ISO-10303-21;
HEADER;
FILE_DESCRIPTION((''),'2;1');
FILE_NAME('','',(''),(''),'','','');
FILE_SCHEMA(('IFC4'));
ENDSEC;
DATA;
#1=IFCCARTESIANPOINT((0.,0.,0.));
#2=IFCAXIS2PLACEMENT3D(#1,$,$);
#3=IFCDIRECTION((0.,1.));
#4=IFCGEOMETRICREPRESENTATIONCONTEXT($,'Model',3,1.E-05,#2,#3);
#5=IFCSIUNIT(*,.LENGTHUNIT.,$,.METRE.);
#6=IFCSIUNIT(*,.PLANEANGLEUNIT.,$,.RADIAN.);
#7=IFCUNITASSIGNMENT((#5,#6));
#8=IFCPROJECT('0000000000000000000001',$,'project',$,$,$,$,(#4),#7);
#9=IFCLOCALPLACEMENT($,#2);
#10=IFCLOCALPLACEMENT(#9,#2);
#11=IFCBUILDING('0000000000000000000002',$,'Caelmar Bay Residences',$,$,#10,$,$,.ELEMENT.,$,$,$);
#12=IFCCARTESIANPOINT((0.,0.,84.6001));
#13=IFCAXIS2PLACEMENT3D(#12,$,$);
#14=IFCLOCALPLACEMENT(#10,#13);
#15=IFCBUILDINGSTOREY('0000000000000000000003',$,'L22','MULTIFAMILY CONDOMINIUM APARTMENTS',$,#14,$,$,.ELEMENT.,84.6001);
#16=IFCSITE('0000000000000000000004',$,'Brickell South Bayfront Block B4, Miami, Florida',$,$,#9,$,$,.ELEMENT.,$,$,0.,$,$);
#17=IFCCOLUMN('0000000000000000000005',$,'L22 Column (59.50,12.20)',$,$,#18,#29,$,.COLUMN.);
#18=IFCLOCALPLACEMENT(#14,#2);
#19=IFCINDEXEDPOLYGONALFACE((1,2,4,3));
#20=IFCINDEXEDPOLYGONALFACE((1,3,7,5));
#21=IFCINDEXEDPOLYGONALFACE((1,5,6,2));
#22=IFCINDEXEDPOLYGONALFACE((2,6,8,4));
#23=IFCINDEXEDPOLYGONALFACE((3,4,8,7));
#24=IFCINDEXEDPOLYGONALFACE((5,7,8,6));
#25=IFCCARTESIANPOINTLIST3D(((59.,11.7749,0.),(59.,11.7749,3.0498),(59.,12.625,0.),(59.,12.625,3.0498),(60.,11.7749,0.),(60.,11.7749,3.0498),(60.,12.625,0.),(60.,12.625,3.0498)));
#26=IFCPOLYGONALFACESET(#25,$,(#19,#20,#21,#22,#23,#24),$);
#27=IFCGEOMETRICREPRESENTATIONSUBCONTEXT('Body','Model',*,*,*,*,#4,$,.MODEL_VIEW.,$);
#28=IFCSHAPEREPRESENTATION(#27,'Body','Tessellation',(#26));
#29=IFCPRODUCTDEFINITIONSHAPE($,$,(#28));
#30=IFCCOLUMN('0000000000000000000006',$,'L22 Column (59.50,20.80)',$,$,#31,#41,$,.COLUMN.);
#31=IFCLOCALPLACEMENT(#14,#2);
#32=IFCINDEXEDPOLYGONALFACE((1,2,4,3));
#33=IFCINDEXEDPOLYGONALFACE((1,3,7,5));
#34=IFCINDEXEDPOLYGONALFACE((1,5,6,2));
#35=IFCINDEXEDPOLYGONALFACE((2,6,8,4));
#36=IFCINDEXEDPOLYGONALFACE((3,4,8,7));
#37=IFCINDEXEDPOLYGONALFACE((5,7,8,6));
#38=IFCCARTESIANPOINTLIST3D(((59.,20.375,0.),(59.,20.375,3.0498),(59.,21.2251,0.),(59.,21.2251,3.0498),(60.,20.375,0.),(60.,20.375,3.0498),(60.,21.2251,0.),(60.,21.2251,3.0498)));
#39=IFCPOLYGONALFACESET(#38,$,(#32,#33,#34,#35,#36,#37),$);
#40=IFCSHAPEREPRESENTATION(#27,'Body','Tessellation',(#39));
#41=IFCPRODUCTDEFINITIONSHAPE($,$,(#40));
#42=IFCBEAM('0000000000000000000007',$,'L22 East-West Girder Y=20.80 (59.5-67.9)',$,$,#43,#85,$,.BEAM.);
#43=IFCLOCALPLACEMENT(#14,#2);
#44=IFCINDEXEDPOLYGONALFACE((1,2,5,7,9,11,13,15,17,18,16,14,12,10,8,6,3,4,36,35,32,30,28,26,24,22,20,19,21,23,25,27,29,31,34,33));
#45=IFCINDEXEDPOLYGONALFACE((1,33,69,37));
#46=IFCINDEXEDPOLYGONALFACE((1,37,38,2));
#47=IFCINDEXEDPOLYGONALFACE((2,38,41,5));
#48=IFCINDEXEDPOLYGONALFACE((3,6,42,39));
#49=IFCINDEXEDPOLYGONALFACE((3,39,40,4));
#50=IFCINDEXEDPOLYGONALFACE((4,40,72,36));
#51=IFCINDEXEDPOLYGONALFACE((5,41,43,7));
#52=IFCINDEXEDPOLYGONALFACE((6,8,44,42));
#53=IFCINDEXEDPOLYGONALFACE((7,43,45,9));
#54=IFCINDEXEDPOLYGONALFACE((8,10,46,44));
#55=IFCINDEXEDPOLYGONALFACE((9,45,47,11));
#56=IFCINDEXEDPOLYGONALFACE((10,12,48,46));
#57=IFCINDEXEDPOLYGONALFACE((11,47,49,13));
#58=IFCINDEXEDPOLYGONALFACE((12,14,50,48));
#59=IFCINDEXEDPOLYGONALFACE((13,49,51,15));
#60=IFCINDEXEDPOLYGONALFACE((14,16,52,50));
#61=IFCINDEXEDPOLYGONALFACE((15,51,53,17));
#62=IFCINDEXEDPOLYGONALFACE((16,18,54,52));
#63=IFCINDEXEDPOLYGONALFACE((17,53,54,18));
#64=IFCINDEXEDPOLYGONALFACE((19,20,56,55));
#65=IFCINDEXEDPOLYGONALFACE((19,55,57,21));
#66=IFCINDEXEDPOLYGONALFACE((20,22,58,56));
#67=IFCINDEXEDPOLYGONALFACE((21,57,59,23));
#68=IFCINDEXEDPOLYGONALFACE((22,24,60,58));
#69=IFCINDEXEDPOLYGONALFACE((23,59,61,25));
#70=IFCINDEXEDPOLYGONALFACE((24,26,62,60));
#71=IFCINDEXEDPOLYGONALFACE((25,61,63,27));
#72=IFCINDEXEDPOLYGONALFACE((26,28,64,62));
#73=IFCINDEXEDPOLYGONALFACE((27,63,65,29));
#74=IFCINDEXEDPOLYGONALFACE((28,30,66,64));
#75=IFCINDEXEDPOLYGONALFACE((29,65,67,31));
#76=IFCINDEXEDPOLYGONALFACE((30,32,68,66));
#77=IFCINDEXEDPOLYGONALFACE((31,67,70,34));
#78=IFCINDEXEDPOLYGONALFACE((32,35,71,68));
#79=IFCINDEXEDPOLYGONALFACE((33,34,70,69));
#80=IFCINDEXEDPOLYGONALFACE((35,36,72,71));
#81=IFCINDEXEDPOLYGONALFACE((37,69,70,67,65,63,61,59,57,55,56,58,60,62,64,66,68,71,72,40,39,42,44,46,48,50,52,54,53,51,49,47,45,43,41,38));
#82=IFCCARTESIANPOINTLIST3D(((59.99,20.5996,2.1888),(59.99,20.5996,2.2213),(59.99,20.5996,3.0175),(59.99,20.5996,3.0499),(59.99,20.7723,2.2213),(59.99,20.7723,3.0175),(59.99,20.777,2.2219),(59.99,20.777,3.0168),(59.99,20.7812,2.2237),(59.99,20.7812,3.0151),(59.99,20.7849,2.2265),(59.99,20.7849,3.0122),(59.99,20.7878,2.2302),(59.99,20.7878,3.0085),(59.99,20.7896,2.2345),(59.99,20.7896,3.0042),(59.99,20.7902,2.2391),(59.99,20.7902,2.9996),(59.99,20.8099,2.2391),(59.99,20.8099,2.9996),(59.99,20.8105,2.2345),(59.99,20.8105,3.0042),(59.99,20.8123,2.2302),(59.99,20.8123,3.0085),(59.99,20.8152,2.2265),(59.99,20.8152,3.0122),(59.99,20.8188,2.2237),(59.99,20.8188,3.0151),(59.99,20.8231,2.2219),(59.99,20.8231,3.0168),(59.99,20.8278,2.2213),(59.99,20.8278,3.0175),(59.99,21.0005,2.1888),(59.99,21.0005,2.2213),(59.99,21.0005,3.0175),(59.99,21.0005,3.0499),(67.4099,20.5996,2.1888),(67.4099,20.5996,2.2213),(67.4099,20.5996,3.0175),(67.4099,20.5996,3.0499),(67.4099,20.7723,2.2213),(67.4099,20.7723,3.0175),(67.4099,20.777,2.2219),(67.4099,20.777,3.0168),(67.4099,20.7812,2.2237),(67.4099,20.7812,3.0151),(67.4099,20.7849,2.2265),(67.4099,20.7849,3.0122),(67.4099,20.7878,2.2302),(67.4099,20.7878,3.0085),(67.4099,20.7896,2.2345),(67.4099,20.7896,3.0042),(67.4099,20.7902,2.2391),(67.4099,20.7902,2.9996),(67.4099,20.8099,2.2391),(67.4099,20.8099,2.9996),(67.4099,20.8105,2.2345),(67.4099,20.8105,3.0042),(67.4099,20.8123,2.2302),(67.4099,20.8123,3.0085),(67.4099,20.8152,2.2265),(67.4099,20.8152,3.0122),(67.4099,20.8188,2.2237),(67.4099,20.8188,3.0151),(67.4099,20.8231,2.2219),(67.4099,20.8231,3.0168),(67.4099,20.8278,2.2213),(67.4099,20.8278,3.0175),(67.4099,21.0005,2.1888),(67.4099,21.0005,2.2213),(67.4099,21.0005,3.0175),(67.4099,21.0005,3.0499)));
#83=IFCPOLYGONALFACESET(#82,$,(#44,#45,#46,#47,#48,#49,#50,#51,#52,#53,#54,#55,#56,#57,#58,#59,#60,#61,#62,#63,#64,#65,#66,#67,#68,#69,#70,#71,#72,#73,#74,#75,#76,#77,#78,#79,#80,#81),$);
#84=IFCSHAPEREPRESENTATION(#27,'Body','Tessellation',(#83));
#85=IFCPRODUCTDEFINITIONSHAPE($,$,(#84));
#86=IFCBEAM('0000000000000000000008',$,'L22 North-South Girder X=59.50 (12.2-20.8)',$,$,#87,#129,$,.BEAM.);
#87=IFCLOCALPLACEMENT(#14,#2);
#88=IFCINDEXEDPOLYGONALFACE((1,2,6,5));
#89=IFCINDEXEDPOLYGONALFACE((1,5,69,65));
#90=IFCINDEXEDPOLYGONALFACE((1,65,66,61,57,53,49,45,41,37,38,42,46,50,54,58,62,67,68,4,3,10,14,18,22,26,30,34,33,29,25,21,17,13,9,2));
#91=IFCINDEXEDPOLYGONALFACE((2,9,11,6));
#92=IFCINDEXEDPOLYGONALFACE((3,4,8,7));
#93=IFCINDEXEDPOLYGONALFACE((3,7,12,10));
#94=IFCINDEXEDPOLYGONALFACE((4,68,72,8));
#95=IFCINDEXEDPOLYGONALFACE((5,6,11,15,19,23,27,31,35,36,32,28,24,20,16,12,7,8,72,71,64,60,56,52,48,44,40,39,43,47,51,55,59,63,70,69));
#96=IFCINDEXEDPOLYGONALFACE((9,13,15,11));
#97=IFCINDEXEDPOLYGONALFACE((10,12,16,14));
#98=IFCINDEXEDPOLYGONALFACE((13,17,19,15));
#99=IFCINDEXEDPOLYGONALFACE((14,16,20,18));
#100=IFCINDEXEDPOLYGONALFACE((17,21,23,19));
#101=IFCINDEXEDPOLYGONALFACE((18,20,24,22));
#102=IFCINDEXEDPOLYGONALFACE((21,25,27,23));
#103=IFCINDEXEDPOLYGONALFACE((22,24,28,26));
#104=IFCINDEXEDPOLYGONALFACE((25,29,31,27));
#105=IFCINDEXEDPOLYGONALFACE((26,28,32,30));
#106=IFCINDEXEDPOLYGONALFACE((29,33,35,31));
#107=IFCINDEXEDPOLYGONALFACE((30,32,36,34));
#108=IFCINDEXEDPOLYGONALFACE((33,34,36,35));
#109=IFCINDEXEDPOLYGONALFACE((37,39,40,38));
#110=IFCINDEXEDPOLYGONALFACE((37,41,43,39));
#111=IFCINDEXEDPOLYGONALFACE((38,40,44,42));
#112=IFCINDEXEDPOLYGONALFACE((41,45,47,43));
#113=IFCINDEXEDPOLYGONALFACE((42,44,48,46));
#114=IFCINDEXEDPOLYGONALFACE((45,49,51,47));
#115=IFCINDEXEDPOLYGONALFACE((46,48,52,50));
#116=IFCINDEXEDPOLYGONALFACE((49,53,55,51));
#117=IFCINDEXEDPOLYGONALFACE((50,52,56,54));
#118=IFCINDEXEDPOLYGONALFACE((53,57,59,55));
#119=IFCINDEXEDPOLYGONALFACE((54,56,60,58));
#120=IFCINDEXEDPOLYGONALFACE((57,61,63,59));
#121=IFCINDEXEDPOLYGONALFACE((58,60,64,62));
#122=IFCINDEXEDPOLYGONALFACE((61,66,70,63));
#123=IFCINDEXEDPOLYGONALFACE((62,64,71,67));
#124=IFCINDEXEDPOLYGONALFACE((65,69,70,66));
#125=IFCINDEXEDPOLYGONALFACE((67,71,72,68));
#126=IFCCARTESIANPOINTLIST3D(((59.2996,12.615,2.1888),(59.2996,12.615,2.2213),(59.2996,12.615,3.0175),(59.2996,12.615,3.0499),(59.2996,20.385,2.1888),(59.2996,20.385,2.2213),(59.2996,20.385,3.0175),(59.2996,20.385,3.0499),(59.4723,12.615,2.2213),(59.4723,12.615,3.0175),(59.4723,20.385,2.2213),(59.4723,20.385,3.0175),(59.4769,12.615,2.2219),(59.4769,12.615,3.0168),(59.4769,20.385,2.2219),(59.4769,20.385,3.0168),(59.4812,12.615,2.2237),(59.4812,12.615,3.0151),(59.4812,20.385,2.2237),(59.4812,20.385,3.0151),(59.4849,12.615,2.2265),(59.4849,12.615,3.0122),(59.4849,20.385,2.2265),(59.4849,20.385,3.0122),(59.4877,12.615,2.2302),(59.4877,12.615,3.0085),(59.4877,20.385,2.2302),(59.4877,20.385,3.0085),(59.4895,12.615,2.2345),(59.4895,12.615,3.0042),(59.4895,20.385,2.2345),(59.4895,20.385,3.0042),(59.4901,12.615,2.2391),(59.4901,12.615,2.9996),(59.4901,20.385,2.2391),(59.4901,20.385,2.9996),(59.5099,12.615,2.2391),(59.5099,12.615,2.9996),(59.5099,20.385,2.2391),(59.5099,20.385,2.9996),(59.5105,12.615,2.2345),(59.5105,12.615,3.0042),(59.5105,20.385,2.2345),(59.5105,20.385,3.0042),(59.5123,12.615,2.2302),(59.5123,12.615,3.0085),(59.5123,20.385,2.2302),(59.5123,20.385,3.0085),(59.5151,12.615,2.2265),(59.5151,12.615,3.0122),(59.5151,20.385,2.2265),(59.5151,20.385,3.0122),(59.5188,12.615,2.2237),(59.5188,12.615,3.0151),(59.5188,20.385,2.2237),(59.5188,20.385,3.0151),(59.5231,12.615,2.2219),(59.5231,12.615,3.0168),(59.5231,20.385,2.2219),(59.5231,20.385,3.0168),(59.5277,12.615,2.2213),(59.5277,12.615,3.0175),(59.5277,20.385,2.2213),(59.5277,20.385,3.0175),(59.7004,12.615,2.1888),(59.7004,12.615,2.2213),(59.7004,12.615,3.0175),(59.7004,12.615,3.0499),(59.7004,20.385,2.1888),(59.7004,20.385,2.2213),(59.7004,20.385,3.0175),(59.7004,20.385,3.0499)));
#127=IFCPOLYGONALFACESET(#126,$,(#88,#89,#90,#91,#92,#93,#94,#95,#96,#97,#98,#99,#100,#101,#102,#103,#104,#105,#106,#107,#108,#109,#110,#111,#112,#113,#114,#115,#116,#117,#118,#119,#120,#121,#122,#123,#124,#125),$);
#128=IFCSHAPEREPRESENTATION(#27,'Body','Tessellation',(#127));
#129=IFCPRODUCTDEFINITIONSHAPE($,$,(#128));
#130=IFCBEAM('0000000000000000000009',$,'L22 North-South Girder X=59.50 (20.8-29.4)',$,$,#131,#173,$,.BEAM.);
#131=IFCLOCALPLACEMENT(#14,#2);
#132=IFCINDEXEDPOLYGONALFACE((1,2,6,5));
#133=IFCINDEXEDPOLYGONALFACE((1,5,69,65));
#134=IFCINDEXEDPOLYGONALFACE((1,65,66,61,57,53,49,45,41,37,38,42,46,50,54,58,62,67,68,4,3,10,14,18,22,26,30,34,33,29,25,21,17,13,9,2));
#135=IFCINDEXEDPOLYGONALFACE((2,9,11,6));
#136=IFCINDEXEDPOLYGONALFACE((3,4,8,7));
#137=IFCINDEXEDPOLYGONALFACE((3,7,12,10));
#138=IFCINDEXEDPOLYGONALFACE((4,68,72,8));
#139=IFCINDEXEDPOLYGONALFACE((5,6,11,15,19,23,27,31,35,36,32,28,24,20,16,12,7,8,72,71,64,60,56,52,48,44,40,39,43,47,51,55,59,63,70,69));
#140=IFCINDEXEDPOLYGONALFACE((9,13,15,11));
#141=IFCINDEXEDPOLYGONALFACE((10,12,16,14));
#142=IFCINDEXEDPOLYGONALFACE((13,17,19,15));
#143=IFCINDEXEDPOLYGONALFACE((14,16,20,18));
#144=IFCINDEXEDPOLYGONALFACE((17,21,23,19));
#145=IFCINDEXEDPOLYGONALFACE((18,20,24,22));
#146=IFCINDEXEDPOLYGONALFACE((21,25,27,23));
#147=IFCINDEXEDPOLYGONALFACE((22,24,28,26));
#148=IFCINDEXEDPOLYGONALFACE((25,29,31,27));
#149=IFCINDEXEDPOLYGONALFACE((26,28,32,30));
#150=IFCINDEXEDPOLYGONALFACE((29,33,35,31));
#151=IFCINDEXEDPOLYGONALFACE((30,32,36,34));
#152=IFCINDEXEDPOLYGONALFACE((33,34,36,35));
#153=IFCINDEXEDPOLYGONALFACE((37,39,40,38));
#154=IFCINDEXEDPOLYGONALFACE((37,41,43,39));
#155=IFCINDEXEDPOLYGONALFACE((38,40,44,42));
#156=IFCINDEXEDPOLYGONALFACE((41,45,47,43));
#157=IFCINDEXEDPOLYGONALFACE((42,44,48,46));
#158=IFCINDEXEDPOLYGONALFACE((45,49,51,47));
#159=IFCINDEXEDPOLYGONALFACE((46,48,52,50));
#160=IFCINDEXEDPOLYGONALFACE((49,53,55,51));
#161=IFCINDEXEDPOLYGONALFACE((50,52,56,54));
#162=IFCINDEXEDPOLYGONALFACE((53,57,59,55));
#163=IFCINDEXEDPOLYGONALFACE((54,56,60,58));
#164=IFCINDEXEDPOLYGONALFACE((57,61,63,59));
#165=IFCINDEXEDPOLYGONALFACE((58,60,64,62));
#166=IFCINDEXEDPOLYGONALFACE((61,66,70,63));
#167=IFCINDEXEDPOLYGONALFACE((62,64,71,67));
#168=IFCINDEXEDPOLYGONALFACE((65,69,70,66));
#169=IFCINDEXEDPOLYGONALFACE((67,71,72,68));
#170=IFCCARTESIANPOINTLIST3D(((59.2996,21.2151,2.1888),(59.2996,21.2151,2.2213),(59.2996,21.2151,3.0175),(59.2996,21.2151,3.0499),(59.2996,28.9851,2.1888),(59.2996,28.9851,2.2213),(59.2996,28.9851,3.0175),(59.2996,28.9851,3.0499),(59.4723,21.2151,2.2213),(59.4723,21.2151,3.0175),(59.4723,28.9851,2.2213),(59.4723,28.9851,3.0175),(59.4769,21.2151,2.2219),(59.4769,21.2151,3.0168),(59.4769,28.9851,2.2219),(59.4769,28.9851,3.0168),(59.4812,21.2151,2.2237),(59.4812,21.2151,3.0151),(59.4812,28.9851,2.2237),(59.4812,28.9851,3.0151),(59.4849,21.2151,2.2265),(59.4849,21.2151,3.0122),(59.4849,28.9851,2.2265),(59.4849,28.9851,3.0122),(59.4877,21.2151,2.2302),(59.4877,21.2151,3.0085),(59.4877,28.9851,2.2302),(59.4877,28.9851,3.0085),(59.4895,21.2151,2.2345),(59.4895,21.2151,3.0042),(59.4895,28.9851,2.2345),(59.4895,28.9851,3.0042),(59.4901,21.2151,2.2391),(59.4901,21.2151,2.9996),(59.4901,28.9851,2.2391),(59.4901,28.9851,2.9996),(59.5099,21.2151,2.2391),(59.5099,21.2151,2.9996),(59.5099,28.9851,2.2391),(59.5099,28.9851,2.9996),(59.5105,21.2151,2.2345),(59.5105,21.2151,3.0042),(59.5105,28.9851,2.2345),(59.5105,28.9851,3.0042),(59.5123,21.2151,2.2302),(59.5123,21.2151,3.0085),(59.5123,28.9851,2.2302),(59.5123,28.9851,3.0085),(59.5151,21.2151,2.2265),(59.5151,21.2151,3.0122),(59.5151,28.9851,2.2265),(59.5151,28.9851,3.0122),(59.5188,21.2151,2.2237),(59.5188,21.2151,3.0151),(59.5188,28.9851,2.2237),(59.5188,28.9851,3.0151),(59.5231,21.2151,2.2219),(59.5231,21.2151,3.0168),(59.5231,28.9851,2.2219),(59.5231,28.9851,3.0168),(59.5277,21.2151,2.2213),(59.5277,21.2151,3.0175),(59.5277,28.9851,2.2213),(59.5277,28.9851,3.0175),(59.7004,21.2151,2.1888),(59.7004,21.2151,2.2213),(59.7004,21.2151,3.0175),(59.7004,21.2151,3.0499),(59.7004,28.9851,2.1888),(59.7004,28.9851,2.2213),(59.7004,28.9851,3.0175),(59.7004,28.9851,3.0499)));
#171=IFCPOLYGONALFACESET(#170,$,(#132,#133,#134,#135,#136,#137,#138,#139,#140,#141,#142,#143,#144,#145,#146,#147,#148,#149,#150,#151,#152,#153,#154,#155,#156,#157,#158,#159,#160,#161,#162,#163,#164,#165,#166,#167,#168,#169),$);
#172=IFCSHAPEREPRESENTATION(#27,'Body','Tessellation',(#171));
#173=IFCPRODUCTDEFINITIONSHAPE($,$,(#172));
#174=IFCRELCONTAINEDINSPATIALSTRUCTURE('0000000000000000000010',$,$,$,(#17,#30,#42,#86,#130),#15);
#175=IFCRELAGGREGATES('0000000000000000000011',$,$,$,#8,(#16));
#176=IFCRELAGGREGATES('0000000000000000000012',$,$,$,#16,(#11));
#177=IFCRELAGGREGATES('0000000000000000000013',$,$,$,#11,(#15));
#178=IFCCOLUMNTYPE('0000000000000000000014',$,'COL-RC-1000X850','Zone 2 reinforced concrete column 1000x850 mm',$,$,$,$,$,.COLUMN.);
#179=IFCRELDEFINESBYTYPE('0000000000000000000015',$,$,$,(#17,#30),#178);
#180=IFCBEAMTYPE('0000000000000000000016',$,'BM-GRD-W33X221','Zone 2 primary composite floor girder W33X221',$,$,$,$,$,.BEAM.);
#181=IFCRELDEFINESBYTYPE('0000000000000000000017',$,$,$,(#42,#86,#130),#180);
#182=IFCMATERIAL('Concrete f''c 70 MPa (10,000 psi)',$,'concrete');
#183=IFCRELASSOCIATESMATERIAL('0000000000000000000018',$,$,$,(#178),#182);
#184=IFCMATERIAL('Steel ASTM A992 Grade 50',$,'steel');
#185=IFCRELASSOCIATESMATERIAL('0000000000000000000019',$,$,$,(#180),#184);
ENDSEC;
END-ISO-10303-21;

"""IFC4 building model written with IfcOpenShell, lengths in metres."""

from ifc_helpers import new_model, si_unit, direction, frame, origin, origin_2d, place, context, subcontext, project, spatial, rectangle, i_section, extrude, material, material_profile, profile_set, type_object, element, save


model = new_model("IFC4")

# Units and contexts
model_context = context("Model", 3, precision=1e-05, world=origin(), true_north=direction((0.0, 1.0)))
body_context = subcontext(model_context, "Body", "Model", "MODEL_VIEW")
ifc_project = project(units=[si_unit("LENGTHUNIT", "METRE"), si_unit("PLANEANGLEUNIT", "RADIAN")], contexts=[model_context])

# Site, building, storey
site_placement = place(None, origin())
site = spatial("IfcSite", under=ifc_project, at=site_placement, Name="Brickell South Bayfront Block B4, Miami, Florida", CompositionType="ELEMENT", RefElevation=0.0)
building_placement = place(site_placement, origin())
building = spatial("IfcBuilding", under=site, at=building_placement, Name="Caelmar Bay Residences", CompositionType="ELEMENT")
storey_placement = place(building_placement, frame((0.0, 0.0, 84.6001)))
storey = spatial("IfcBuildingStorey", under=building, at=storey_placement, Name="L22", Description="MULTIFAMILY CONDOMINIUM APARTMENTS", CompositionType="ELEMENT", Elevation=84.6001)

# Columns
ifc_material_1 = material(Name="Concrete f'c 70 MPa (10,000 psi)", Category="concrete")
ifc_material_profile_1 = material_profile(ifc_material_1, rectangle(XDim=1.0, YDim=0.8501, at=origin_2d()), Name="RC-COL-1000X850")
ifc_profile_set_1 = profile_set([ifc_material_profile_1], Name="Concrete f'c 70 MPa (10,000 psi)")
column_type = type_object("IfcColumnType", Name="COL-RC-1000X850", Description="Zone 2 reinforced concrete column 1000x850 mm", PredefinedType="COLUMN", material=ifc_profile_set_1)
for number, where, z_axis, x_axis, name in (
    (1, (59.5, 12.2, 0.0), (0.0, 0.0, 1.0), (1.0, 0.0, 0.0), "L22 Column (59.50,12.20)"),
    (2, (59.5, 20.8, 0.0), (0.0, 0.0, 1.0), (1.0, 0.0, 0.0), "L22 Column (59.50,20.80)"),
):
    element("IfcColumn", number, at=place(storey_placement, frame(where, z_axis=z_axis, x_axis=x_axis)), inside=storey, type_object=column_type, Name=name, PredefinedType="COLUMN", context=body_context, shape_type="SweptSolid", body=[
        extrude(rectangle(XDim=1.0, YDim=0.8501, at=origin_2d()), origin(), (0.0, 0.0, 1.0), 3.0498),
    ])

# Beams
ifc_material_2 = material(Name="Steel ASTM A992 Grade 50", Category="steel")
ifc_material_profile_2 = material_profile(ifc_material_2, i_section(OverallWidth=0.4009, OverallDepth=0.8611, WebThickness=0.0198, FlangeThickness=0.0325, FilletRadius=0.0178, at=origin_2d()), Name="W33X221")
ifc_profile_set_2 = profile_set([ifc_material_profile_2], Name="Steel ASTM A992 Grade 50")
beam_type_1 = type_object("IfcBeamType", Name="BM-GRD-W33X221", Description="Zone 2 primary composite floor girder W33X221", PredefinedType="BEAM", material=ifc_profile_set_2)
beam_1_placement = place(storey_placement, frame((59.99, 20.8, 2.6194), z_axis=(1.0, 0.0, 0.0), x_axis=(0.0, 1.0, 0.0)))
element("IfcBeam", 3, at=beam_1_placement, inside=storey, type_object=beam_type_1, Name="L22 East-West Girder Y=20.80 (59.5-67.9)", PredefinedType="BEAM", context=body_context, shape_type="SweptSolid", body=[
    extrude(i_section(OverallWidth=0.4009, OverallDepth=0.8611, WebThickness=0.0198, FlangeThickness=0.0325, FilletRadius=0.0178, at=origin_2d()), origin(), (0.0, 0.0, 1.0), 7.4199),
])
for number, where, z_axis, x_axis, name in (
    (4, (59.5, 12.615, 2.6194), (0.0, 1.0, 0.0), (-1.0, 0.0, 0.0), "L22 North-South Girder X=59.50 (12.2-20.8)"),
    (5, (59.5, 21.2151, 2.6194), (0.0, 1.0, 0.0), (-1.0, 0.0, 0.0), "L22 North-South Girder X=59.50 (20.8-29.4)"),
):
    element("IfcBeam", number, at=place(storey_placement, frame(where, z_axis=z_axis, x_axis=x_axis)), inside=storey, type_object=beam_type_1, Name=name, PredefinedType="BEAM", context=body_context, shape_type="SweptSolid", body=[
        extrude(i_section(OverallWidth=0.4009, OverallDepth=0.8611, WebThickness=0.0198, FlangeThickness=0.0325, FilletRadius=0.0178, at=origin_2d()), origin(), (0.0, 0.0, 1.0), 7.77),
    ])

save(model, "model.ifc")
